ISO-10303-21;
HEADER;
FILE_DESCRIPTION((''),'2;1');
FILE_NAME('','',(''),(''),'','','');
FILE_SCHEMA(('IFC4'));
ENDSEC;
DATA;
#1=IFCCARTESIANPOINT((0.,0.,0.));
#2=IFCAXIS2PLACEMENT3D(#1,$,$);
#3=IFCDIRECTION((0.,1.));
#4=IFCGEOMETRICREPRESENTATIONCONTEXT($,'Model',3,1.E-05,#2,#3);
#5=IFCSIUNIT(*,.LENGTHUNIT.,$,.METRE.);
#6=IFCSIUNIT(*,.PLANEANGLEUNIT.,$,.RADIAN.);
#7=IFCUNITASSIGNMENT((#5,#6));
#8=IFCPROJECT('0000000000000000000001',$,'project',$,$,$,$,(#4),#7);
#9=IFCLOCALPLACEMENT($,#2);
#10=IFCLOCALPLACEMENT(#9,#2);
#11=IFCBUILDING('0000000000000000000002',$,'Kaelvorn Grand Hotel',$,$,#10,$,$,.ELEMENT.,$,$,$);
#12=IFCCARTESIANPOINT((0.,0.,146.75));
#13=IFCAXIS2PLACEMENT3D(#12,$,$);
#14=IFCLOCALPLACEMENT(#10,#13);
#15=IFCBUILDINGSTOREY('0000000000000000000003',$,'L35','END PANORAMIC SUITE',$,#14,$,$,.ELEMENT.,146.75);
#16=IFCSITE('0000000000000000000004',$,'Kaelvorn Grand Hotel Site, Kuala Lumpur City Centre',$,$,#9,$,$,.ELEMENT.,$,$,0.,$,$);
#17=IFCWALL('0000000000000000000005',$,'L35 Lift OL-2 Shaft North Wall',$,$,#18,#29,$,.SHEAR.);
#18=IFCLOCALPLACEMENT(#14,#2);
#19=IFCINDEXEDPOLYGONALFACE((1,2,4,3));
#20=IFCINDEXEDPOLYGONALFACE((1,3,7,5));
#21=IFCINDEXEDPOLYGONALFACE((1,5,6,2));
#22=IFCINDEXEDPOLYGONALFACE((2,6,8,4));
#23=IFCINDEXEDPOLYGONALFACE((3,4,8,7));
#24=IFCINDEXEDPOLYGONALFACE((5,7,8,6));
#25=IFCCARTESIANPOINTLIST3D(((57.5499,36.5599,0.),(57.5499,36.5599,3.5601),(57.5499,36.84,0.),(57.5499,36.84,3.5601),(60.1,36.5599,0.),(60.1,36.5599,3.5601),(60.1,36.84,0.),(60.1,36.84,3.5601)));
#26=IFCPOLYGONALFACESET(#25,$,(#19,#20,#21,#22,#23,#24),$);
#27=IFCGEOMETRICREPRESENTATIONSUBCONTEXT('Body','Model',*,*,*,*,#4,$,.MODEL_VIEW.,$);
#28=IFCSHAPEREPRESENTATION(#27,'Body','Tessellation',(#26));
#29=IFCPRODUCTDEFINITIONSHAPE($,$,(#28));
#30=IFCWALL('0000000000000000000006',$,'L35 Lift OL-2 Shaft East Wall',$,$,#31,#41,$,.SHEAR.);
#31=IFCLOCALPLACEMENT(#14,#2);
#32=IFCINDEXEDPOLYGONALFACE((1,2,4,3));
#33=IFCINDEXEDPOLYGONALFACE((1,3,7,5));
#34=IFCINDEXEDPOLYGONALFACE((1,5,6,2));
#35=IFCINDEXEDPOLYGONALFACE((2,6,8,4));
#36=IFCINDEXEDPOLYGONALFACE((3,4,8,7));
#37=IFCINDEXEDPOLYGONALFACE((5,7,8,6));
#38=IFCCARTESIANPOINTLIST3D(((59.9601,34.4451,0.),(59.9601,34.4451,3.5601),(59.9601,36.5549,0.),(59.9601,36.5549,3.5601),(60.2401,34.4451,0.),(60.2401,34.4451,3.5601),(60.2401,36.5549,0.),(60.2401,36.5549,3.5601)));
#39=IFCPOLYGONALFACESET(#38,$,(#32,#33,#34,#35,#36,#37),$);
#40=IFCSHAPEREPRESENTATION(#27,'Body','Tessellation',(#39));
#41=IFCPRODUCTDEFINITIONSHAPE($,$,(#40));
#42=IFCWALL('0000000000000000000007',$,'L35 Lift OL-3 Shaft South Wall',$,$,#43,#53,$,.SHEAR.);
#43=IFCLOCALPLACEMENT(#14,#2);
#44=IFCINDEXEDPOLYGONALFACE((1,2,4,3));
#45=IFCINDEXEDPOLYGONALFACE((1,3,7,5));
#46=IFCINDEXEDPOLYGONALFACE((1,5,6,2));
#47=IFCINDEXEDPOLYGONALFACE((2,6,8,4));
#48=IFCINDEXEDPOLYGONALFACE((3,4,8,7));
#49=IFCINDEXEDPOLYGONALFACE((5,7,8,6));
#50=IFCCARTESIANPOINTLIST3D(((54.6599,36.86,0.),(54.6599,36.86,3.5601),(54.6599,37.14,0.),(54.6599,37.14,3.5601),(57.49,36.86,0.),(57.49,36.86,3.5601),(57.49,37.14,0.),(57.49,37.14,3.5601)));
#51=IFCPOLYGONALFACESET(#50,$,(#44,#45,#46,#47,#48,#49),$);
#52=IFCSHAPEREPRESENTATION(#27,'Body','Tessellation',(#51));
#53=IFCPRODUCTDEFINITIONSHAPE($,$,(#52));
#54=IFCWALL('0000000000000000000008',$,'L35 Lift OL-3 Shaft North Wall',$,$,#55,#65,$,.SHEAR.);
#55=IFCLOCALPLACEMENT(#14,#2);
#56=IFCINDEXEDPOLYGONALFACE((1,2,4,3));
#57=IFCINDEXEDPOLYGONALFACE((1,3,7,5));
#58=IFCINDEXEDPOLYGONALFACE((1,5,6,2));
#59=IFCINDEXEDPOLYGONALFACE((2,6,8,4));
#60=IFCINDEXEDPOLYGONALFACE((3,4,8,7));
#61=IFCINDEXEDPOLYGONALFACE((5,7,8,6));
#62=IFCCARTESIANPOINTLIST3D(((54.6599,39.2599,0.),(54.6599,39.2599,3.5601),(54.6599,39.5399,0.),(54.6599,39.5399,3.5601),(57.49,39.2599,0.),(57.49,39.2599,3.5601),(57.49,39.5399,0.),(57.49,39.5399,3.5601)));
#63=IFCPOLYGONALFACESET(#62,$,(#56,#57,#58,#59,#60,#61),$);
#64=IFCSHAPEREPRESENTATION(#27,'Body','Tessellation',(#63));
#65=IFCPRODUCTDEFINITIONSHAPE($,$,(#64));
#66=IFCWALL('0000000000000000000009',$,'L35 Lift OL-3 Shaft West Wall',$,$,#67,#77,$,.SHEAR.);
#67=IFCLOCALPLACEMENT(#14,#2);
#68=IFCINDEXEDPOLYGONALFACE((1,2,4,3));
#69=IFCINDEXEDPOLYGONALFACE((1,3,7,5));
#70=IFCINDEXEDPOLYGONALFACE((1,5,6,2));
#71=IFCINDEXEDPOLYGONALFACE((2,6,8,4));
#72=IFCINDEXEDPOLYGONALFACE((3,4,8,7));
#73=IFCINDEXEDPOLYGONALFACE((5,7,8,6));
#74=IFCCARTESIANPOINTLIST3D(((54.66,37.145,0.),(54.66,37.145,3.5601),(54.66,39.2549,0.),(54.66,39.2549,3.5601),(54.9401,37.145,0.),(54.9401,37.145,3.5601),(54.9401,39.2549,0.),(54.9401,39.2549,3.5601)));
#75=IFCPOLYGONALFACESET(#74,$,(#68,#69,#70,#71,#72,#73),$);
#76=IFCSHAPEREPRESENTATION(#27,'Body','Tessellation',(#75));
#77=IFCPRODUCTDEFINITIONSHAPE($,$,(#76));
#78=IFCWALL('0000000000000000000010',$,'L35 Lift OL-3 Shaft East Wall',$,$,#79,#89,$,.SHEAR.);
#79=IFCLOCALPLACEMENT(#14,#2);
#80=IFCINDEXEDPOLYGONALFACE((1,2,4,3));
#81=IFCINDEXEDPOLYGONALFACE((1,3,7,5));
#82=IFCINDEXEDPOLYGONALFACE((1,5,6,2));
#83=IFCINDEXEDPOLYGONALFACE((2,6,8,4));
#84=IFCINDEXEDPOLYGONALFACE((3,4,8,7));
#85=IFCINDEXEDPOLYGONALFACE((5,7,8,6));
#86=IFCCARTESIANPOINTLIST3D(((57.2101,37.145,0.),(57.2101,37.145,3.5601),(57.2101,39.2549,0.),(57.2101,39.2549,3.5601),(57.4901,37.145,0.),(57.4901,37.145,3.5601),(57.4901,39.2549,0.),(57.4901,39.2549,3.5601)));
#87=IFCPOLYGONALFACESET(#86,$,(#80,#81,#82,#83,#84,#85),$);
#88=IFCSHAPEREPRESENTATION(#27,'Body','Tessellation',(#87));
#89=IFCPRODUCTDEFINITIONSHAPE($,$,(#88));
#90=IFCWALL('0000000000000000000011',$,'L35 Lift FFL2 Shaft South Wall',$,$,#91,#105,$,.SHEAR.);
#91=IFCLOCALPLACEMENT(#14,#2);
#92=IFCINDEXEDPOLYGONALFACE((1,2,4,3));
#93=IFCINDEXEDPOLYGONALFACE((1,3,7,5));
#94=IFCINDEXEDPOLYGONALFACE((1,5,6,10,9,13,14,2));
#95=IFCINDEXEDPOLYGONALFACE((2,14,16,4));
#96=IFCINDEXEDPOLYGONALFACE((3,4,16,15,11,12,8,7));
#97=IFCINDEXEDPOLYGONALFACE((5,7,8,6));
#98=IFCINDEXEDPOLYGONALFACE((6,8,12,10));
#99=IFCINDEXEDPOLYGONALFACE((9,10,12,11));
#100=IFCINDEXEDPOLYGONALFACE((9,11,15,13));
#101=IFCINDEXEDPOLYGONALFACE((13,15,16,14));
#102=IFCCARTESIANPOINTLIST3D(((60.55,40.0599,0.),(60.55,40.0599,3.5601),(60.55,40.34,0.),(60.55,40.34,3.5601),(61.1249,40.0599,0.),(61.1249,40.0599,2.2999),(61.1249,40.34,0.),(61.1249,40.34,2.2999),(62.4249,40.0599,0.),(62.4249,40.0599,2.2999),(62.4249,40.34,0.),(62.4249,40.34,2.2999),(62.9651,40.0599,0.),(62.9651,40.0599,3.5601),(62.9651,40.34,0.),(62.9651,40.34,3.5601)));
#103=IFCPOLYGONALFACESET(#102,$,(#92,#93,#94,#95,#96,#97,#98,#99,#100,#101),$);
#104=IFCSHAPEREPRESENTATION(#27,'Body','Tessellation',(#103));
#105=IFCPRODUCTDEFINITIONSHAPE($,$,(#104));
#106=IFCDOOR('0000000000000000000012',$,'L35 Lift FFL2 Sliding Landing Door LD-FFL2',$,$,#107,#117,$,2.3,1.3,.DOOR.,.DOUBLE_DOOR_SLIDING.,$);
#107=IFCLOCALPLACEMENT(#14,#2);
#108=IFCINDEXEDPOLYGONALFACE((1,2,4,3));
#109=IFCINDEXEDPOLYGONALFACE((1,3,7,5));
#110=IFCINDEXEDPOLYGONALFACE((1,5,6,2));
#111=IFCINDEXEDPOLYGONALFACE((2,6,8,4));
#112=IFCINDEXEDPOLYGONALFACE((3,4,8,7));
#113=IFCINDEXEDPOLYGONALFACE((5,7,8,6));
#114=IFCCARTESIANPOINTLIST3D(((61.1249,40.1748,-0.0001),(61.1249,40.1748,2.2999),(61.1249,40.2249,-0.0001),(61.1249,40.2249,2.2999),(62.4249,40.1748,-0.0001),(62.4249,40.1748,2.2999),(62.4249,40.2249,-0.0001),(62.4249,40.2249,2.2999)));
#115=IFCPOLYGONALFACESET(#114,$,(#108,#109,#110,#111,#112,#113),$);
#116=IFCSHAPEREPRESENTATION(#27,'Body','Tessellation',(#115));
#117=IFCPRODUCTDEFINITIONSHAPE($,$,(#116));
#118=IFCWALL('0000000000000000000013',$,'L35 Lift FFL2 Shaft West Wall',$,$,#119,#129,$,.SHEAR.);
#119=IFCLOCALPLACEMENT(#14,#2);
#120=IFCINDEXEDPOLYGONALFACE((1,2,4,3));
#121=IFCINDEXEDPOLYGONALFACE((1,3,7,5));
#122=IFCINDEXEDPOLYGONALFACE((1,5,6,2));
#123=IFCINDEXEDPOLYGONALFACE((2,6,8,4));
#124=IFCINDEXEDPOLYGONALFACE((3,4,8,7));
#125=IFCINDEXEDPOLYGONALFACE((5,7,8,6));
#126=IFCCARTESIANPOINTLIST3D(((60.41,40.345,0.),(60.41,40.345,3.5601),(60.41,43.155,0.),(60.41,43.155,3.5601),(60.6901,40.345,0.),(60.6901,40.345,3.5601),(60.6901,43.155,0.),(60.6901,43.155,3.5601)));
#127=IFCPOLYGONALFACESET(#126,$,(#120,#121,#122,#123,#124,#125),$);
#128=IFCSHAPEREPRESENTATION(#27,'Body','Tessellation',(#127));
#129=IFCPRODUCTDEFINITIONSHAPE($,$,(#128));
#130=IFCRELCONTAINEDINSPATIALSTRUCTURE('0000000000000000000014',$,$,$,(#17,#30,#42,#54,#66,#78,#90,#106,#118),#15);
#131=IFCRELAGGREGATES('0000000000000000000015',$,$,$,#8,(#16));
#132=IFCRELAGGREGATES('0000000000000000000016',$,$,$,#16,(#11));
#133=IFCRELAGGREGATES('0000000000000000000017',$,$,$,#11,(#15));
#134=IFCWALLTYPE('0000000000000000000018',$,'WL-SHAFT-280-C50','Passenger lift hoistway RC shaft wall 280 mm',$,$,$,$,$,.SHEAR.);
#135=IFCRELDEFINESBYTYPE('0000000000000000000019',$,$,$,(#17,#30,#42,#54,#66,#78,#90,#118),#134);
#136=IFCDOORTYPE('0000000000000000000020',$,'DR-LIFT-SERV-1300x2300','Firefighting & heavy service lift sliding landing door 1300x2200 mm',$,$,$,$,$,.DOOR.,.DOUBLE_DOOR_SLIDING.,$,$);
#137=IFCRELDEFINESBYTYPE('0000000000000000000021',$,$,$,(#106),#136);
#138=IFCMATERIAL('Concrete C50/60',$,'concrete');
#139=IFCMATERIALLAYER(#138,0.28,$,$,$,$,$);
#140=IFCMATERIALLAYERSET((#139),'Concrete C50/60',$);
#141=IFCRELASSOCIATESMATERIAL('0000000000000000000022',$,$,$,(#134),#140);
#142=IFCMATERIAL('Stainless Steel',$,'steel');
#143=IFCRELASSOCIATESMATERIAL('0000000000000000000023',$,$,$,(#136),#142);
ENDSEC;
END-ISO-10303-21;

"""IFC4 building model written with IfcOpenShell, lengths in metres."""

from ifc_helpers import new_model, si_unit, direction, frame, frame_2d, origin, place, context, subcontext, project, spatial, rectangle, extrude, material, layer, layer_set, type_object, element, fill, save


model = new_model("IFC4")

# Units and contexts
model_context = context("Model", 3, precision=1e-05, world=origin(), true_north=direction((0.0, 1.0)))
body_context = subcontext(model_context, "Body", "Model", "MODEL_VIEW")
ifc_project = project(units=[si_unit("LENGTHUNIT", "METRE"), si_unit("PLANEANGLEUNIT", "RADIAN")], contexts=[model_context])

# Site, building, storey
site_placement = place(None, origin())
site = spatial("IfcSite", under=ifc_project, at=site_placement, Name="Kaelvorn Grand Hotel Site, Kuala Lumpur City Centre", CompositionType="ELEMENT", RefElevation=0.0)
building_placement = place(site_placement, origin())
building = spatial("IfcBuilding", under=site, at=building_placement, Name="Kaelvorn Grand Hotel", CompositionType="ELEMENT")
storey_placement = place(building_placement, frame((0.0, 0.0, 146.75)))
storey = spatial("IfcBuildingStorey", under=building, at=storey_placement, Name="L35", Description="END PANORAMIC SUITE", CompositionType="ELEMENT", Elevation=146.75)

# Shared definitions
ifc_material_1 = material(Name="Concrete C50/60", Category="concrete")

# Walls
ifc_layer_1 = layer(ifc_material_1, 0.28)
ifc_layer_set_1 = layer_set([ifc_layer_1], Name="Concrete C50/60")
wall_type_1 = type_object("IfcWallType", Name="WL-SHAFT-280-C50", Description="Passenger lift hoistway RC shaft wall 280 mm", PredefinedType="SHEAR", material=ifc_layer_set_1)
for number, where, z_axis, x_axis, name in (
    (1, (57.55, 36.7, 0.0), (0.0, 0.0, 1.0), (1.0, 0.0, 0.0), "L35 Lift OL-2 Shaft North Wall"),
):
    element("IfcWall", number, at=place(storey_placement, frame(where, z_axis=z_axis, x_axis=x_axis)), inside=storey, type_object=wall_type_1, Name=name, PredefinedType="SHEAR", context=body_context, shape_type="SweptSolid", body=[
        extrude(rectangle(XDim=2.55, YDim=0.28, at=frame_2d((1.2749, 0.0))), origin(), (0.0, 0.0, 1.0), 3.5601),
    ])
wall_1_placement = place(storey_placement, frame((60.1001, 34.4451, 0.0), z_axis=(0.0, 0.0, 1.0), x_axis=(0.0, 1.0, 0.0)))
element("IfcWall", 2, at=wall_1_placement, inside=storey, type_object=wall_type_1, Name="L35 Lift OL-2 Shaft East Wall", PredefinedType="SHEAR", context=body_context, shape_type="SweptSolid", body=[
    extrude(rectangle(XDim=2.1099, YDim=0.28, at=frame_2d((1.0549, 0.0))), origin(), (0.0, 0.0, 1.0), 3.5601),
])
for number, where, z_axis, x_axis, name in (
    (3, (54.6599, 37.0, 0.0), (0.0, 0.0, 1.0), (1.0, 0.0, 0.0), "L35 Lift OL-3 Shaft South Wall"),
    (4, (54.6599, 39.3999, 0.0), (0.0, 0.0, 1.0), (1.0, 0.0, 0.0), "L35 Lift OL-3 Shaft North Wall"),
):
    element("IfcWall", number, at=place(storey_placement, frame(where, z_axis=z_axis, x_axis=x_axis)), inside=storey, type_object=wall_type_1, Name=name, PredefinedType="SHEAR", context=body_context, shape_type="SweptSolid", body=[
        extrude(rectangle(XDim=2.8301, YDim=0.28, at=frame_2d((1.415, 0.0))), origin(), (0.0, 0.0, 1.0), 3.5601),
    ])
for number, where, z_axis, x_axis, name in (
    (5, (54.8, 37.145, 0.0), (0.0, 0.0, 1.0), (0.0, 1.0, 0.0), "L35 Lift OL-3 Shaft West Wall"),
    (6, (57.3501, 37.145, 0.0), (0.0, 0.0, 1.0), (0.0, 1.0, 0.0), "L35 Lift OL-3 Shaft East Wall"),
):
    element("IfcWall", number, at=place(storey_placement, frame(where, z_axis=z_axis, x_axis=x_axis)), inside=storey, type_object=wall_type_1, Name=name, PredefinedType="SHEAR", context=body_context, shape_type="SweptSolid", body=[
        extrude(rectangle(XDim=2.1099, YDim=0.28, at=frame_2d((1.0549, 0.0))), origin(), (0.0, 0.0, 1.0), 3.5601),
    ])

# Wall, opening, door
wall_2_placement = place(storey_placement, frame((60.55, 40.2, 0.0), z_axis=(0.0, 0.0, 1.0), x_axis=(1.0, 0.0, 0.0)))
wall_2 = element("IfcWall", 7, at=wall_2_placement, inside=storey, type_object=wall_type_1, Name="L35 Lift FFL2 Shaft South Wall", PredefinedType="SHEAR", context=body_context, shape_type="SweptSolid", body=[
    extrude(rectangle(XDim=2.415, YDim=0.28, at=frame_2d((1.2075, 0.0))), origin(), (0.0, 0.0, 1.0), 3.5601),
])
opening_1_placement = place(wall_2_placement, frame((0.575, 0.0, 0.0)))
opening_1 = element("IfcOpeningElement", 8, at=opening_1_placement, cuts=wall_2, PredefinedType="OPENING", context=body_context, shape_type="SweptSolid", body=[
    extrude(rectangle(XDim=1.3, YDim=2.3, at=frame_2d((0.6499, 1.1499))), frame((0.0, 0.1499, 0.0), z_axis=(0.0, -1.0, 0.0), x_axis=(1.0, 0.0, 0.0)), (0.0, 0.0, 1.0), 0.3),
])
ifc_material_2 = material(Name="Stainless Steel", Category="steel")
door_type_1 = type_object("IfcDoorType", Name="DR-LIFT-SERV-1300x2300", Description="Firefighting & heavy service lift sliding landing door 1300x2200 mm", OperationType="DOUBLE_DOOR_SLIDING", PredefinedType="DOOR", material=ifc_material_2)
door_1_placement = place(opening_1_placement, origin())
door_1 = element("IfcDoor", 9, at=door_1_placement, inside=storey, type_object=door_type_1, Name="L35 Lift FFL2 Sliding Landing Door LD-FFL2", OperationType="DOUBLE_DOOR_SLIDING", OverallHeight=2.3, OverallWidth=1.3, PredefinedType="DOOR", context=body_context, shape_type="SweptSolid", body=[
    extrude(rectangle(XDim=1.3, YDim=2.3, at=frame_2d((0.6499, 1.1499))), frame((0.0, 0.0249, 0.0), z_axis=(0.0, -1.0, 0.0), x_axis=(1.0, 0.0, 0.0)), (0.0, 0.0, 1.0), 0.05),
])
fill(opening_1, door_1)

# Wall
wall_3_placement = place(storey_placement, frame((60.55, 40.345, 0.0), z_axis=(0.0, 0.0, 1.0), x_axis=(0.0, 1.0, 0.0)))
element("IfcWall", 10, at=wall_3_placement, inside=storey, type_object=wall_type_1, Name="L35 Lift FFL2 Shaft West Wall", PredefinedType="SHEAR", context=body_context, shape_type="SweptSolid", body=[
    extrude(rectangle(XDim=2.8101, YDim=0.28, at=frame_2d((1.405, 0.0))), origin(), (0.0, 0.0, 1.0), 3.5601),
])

save(model, "model.ifc")
